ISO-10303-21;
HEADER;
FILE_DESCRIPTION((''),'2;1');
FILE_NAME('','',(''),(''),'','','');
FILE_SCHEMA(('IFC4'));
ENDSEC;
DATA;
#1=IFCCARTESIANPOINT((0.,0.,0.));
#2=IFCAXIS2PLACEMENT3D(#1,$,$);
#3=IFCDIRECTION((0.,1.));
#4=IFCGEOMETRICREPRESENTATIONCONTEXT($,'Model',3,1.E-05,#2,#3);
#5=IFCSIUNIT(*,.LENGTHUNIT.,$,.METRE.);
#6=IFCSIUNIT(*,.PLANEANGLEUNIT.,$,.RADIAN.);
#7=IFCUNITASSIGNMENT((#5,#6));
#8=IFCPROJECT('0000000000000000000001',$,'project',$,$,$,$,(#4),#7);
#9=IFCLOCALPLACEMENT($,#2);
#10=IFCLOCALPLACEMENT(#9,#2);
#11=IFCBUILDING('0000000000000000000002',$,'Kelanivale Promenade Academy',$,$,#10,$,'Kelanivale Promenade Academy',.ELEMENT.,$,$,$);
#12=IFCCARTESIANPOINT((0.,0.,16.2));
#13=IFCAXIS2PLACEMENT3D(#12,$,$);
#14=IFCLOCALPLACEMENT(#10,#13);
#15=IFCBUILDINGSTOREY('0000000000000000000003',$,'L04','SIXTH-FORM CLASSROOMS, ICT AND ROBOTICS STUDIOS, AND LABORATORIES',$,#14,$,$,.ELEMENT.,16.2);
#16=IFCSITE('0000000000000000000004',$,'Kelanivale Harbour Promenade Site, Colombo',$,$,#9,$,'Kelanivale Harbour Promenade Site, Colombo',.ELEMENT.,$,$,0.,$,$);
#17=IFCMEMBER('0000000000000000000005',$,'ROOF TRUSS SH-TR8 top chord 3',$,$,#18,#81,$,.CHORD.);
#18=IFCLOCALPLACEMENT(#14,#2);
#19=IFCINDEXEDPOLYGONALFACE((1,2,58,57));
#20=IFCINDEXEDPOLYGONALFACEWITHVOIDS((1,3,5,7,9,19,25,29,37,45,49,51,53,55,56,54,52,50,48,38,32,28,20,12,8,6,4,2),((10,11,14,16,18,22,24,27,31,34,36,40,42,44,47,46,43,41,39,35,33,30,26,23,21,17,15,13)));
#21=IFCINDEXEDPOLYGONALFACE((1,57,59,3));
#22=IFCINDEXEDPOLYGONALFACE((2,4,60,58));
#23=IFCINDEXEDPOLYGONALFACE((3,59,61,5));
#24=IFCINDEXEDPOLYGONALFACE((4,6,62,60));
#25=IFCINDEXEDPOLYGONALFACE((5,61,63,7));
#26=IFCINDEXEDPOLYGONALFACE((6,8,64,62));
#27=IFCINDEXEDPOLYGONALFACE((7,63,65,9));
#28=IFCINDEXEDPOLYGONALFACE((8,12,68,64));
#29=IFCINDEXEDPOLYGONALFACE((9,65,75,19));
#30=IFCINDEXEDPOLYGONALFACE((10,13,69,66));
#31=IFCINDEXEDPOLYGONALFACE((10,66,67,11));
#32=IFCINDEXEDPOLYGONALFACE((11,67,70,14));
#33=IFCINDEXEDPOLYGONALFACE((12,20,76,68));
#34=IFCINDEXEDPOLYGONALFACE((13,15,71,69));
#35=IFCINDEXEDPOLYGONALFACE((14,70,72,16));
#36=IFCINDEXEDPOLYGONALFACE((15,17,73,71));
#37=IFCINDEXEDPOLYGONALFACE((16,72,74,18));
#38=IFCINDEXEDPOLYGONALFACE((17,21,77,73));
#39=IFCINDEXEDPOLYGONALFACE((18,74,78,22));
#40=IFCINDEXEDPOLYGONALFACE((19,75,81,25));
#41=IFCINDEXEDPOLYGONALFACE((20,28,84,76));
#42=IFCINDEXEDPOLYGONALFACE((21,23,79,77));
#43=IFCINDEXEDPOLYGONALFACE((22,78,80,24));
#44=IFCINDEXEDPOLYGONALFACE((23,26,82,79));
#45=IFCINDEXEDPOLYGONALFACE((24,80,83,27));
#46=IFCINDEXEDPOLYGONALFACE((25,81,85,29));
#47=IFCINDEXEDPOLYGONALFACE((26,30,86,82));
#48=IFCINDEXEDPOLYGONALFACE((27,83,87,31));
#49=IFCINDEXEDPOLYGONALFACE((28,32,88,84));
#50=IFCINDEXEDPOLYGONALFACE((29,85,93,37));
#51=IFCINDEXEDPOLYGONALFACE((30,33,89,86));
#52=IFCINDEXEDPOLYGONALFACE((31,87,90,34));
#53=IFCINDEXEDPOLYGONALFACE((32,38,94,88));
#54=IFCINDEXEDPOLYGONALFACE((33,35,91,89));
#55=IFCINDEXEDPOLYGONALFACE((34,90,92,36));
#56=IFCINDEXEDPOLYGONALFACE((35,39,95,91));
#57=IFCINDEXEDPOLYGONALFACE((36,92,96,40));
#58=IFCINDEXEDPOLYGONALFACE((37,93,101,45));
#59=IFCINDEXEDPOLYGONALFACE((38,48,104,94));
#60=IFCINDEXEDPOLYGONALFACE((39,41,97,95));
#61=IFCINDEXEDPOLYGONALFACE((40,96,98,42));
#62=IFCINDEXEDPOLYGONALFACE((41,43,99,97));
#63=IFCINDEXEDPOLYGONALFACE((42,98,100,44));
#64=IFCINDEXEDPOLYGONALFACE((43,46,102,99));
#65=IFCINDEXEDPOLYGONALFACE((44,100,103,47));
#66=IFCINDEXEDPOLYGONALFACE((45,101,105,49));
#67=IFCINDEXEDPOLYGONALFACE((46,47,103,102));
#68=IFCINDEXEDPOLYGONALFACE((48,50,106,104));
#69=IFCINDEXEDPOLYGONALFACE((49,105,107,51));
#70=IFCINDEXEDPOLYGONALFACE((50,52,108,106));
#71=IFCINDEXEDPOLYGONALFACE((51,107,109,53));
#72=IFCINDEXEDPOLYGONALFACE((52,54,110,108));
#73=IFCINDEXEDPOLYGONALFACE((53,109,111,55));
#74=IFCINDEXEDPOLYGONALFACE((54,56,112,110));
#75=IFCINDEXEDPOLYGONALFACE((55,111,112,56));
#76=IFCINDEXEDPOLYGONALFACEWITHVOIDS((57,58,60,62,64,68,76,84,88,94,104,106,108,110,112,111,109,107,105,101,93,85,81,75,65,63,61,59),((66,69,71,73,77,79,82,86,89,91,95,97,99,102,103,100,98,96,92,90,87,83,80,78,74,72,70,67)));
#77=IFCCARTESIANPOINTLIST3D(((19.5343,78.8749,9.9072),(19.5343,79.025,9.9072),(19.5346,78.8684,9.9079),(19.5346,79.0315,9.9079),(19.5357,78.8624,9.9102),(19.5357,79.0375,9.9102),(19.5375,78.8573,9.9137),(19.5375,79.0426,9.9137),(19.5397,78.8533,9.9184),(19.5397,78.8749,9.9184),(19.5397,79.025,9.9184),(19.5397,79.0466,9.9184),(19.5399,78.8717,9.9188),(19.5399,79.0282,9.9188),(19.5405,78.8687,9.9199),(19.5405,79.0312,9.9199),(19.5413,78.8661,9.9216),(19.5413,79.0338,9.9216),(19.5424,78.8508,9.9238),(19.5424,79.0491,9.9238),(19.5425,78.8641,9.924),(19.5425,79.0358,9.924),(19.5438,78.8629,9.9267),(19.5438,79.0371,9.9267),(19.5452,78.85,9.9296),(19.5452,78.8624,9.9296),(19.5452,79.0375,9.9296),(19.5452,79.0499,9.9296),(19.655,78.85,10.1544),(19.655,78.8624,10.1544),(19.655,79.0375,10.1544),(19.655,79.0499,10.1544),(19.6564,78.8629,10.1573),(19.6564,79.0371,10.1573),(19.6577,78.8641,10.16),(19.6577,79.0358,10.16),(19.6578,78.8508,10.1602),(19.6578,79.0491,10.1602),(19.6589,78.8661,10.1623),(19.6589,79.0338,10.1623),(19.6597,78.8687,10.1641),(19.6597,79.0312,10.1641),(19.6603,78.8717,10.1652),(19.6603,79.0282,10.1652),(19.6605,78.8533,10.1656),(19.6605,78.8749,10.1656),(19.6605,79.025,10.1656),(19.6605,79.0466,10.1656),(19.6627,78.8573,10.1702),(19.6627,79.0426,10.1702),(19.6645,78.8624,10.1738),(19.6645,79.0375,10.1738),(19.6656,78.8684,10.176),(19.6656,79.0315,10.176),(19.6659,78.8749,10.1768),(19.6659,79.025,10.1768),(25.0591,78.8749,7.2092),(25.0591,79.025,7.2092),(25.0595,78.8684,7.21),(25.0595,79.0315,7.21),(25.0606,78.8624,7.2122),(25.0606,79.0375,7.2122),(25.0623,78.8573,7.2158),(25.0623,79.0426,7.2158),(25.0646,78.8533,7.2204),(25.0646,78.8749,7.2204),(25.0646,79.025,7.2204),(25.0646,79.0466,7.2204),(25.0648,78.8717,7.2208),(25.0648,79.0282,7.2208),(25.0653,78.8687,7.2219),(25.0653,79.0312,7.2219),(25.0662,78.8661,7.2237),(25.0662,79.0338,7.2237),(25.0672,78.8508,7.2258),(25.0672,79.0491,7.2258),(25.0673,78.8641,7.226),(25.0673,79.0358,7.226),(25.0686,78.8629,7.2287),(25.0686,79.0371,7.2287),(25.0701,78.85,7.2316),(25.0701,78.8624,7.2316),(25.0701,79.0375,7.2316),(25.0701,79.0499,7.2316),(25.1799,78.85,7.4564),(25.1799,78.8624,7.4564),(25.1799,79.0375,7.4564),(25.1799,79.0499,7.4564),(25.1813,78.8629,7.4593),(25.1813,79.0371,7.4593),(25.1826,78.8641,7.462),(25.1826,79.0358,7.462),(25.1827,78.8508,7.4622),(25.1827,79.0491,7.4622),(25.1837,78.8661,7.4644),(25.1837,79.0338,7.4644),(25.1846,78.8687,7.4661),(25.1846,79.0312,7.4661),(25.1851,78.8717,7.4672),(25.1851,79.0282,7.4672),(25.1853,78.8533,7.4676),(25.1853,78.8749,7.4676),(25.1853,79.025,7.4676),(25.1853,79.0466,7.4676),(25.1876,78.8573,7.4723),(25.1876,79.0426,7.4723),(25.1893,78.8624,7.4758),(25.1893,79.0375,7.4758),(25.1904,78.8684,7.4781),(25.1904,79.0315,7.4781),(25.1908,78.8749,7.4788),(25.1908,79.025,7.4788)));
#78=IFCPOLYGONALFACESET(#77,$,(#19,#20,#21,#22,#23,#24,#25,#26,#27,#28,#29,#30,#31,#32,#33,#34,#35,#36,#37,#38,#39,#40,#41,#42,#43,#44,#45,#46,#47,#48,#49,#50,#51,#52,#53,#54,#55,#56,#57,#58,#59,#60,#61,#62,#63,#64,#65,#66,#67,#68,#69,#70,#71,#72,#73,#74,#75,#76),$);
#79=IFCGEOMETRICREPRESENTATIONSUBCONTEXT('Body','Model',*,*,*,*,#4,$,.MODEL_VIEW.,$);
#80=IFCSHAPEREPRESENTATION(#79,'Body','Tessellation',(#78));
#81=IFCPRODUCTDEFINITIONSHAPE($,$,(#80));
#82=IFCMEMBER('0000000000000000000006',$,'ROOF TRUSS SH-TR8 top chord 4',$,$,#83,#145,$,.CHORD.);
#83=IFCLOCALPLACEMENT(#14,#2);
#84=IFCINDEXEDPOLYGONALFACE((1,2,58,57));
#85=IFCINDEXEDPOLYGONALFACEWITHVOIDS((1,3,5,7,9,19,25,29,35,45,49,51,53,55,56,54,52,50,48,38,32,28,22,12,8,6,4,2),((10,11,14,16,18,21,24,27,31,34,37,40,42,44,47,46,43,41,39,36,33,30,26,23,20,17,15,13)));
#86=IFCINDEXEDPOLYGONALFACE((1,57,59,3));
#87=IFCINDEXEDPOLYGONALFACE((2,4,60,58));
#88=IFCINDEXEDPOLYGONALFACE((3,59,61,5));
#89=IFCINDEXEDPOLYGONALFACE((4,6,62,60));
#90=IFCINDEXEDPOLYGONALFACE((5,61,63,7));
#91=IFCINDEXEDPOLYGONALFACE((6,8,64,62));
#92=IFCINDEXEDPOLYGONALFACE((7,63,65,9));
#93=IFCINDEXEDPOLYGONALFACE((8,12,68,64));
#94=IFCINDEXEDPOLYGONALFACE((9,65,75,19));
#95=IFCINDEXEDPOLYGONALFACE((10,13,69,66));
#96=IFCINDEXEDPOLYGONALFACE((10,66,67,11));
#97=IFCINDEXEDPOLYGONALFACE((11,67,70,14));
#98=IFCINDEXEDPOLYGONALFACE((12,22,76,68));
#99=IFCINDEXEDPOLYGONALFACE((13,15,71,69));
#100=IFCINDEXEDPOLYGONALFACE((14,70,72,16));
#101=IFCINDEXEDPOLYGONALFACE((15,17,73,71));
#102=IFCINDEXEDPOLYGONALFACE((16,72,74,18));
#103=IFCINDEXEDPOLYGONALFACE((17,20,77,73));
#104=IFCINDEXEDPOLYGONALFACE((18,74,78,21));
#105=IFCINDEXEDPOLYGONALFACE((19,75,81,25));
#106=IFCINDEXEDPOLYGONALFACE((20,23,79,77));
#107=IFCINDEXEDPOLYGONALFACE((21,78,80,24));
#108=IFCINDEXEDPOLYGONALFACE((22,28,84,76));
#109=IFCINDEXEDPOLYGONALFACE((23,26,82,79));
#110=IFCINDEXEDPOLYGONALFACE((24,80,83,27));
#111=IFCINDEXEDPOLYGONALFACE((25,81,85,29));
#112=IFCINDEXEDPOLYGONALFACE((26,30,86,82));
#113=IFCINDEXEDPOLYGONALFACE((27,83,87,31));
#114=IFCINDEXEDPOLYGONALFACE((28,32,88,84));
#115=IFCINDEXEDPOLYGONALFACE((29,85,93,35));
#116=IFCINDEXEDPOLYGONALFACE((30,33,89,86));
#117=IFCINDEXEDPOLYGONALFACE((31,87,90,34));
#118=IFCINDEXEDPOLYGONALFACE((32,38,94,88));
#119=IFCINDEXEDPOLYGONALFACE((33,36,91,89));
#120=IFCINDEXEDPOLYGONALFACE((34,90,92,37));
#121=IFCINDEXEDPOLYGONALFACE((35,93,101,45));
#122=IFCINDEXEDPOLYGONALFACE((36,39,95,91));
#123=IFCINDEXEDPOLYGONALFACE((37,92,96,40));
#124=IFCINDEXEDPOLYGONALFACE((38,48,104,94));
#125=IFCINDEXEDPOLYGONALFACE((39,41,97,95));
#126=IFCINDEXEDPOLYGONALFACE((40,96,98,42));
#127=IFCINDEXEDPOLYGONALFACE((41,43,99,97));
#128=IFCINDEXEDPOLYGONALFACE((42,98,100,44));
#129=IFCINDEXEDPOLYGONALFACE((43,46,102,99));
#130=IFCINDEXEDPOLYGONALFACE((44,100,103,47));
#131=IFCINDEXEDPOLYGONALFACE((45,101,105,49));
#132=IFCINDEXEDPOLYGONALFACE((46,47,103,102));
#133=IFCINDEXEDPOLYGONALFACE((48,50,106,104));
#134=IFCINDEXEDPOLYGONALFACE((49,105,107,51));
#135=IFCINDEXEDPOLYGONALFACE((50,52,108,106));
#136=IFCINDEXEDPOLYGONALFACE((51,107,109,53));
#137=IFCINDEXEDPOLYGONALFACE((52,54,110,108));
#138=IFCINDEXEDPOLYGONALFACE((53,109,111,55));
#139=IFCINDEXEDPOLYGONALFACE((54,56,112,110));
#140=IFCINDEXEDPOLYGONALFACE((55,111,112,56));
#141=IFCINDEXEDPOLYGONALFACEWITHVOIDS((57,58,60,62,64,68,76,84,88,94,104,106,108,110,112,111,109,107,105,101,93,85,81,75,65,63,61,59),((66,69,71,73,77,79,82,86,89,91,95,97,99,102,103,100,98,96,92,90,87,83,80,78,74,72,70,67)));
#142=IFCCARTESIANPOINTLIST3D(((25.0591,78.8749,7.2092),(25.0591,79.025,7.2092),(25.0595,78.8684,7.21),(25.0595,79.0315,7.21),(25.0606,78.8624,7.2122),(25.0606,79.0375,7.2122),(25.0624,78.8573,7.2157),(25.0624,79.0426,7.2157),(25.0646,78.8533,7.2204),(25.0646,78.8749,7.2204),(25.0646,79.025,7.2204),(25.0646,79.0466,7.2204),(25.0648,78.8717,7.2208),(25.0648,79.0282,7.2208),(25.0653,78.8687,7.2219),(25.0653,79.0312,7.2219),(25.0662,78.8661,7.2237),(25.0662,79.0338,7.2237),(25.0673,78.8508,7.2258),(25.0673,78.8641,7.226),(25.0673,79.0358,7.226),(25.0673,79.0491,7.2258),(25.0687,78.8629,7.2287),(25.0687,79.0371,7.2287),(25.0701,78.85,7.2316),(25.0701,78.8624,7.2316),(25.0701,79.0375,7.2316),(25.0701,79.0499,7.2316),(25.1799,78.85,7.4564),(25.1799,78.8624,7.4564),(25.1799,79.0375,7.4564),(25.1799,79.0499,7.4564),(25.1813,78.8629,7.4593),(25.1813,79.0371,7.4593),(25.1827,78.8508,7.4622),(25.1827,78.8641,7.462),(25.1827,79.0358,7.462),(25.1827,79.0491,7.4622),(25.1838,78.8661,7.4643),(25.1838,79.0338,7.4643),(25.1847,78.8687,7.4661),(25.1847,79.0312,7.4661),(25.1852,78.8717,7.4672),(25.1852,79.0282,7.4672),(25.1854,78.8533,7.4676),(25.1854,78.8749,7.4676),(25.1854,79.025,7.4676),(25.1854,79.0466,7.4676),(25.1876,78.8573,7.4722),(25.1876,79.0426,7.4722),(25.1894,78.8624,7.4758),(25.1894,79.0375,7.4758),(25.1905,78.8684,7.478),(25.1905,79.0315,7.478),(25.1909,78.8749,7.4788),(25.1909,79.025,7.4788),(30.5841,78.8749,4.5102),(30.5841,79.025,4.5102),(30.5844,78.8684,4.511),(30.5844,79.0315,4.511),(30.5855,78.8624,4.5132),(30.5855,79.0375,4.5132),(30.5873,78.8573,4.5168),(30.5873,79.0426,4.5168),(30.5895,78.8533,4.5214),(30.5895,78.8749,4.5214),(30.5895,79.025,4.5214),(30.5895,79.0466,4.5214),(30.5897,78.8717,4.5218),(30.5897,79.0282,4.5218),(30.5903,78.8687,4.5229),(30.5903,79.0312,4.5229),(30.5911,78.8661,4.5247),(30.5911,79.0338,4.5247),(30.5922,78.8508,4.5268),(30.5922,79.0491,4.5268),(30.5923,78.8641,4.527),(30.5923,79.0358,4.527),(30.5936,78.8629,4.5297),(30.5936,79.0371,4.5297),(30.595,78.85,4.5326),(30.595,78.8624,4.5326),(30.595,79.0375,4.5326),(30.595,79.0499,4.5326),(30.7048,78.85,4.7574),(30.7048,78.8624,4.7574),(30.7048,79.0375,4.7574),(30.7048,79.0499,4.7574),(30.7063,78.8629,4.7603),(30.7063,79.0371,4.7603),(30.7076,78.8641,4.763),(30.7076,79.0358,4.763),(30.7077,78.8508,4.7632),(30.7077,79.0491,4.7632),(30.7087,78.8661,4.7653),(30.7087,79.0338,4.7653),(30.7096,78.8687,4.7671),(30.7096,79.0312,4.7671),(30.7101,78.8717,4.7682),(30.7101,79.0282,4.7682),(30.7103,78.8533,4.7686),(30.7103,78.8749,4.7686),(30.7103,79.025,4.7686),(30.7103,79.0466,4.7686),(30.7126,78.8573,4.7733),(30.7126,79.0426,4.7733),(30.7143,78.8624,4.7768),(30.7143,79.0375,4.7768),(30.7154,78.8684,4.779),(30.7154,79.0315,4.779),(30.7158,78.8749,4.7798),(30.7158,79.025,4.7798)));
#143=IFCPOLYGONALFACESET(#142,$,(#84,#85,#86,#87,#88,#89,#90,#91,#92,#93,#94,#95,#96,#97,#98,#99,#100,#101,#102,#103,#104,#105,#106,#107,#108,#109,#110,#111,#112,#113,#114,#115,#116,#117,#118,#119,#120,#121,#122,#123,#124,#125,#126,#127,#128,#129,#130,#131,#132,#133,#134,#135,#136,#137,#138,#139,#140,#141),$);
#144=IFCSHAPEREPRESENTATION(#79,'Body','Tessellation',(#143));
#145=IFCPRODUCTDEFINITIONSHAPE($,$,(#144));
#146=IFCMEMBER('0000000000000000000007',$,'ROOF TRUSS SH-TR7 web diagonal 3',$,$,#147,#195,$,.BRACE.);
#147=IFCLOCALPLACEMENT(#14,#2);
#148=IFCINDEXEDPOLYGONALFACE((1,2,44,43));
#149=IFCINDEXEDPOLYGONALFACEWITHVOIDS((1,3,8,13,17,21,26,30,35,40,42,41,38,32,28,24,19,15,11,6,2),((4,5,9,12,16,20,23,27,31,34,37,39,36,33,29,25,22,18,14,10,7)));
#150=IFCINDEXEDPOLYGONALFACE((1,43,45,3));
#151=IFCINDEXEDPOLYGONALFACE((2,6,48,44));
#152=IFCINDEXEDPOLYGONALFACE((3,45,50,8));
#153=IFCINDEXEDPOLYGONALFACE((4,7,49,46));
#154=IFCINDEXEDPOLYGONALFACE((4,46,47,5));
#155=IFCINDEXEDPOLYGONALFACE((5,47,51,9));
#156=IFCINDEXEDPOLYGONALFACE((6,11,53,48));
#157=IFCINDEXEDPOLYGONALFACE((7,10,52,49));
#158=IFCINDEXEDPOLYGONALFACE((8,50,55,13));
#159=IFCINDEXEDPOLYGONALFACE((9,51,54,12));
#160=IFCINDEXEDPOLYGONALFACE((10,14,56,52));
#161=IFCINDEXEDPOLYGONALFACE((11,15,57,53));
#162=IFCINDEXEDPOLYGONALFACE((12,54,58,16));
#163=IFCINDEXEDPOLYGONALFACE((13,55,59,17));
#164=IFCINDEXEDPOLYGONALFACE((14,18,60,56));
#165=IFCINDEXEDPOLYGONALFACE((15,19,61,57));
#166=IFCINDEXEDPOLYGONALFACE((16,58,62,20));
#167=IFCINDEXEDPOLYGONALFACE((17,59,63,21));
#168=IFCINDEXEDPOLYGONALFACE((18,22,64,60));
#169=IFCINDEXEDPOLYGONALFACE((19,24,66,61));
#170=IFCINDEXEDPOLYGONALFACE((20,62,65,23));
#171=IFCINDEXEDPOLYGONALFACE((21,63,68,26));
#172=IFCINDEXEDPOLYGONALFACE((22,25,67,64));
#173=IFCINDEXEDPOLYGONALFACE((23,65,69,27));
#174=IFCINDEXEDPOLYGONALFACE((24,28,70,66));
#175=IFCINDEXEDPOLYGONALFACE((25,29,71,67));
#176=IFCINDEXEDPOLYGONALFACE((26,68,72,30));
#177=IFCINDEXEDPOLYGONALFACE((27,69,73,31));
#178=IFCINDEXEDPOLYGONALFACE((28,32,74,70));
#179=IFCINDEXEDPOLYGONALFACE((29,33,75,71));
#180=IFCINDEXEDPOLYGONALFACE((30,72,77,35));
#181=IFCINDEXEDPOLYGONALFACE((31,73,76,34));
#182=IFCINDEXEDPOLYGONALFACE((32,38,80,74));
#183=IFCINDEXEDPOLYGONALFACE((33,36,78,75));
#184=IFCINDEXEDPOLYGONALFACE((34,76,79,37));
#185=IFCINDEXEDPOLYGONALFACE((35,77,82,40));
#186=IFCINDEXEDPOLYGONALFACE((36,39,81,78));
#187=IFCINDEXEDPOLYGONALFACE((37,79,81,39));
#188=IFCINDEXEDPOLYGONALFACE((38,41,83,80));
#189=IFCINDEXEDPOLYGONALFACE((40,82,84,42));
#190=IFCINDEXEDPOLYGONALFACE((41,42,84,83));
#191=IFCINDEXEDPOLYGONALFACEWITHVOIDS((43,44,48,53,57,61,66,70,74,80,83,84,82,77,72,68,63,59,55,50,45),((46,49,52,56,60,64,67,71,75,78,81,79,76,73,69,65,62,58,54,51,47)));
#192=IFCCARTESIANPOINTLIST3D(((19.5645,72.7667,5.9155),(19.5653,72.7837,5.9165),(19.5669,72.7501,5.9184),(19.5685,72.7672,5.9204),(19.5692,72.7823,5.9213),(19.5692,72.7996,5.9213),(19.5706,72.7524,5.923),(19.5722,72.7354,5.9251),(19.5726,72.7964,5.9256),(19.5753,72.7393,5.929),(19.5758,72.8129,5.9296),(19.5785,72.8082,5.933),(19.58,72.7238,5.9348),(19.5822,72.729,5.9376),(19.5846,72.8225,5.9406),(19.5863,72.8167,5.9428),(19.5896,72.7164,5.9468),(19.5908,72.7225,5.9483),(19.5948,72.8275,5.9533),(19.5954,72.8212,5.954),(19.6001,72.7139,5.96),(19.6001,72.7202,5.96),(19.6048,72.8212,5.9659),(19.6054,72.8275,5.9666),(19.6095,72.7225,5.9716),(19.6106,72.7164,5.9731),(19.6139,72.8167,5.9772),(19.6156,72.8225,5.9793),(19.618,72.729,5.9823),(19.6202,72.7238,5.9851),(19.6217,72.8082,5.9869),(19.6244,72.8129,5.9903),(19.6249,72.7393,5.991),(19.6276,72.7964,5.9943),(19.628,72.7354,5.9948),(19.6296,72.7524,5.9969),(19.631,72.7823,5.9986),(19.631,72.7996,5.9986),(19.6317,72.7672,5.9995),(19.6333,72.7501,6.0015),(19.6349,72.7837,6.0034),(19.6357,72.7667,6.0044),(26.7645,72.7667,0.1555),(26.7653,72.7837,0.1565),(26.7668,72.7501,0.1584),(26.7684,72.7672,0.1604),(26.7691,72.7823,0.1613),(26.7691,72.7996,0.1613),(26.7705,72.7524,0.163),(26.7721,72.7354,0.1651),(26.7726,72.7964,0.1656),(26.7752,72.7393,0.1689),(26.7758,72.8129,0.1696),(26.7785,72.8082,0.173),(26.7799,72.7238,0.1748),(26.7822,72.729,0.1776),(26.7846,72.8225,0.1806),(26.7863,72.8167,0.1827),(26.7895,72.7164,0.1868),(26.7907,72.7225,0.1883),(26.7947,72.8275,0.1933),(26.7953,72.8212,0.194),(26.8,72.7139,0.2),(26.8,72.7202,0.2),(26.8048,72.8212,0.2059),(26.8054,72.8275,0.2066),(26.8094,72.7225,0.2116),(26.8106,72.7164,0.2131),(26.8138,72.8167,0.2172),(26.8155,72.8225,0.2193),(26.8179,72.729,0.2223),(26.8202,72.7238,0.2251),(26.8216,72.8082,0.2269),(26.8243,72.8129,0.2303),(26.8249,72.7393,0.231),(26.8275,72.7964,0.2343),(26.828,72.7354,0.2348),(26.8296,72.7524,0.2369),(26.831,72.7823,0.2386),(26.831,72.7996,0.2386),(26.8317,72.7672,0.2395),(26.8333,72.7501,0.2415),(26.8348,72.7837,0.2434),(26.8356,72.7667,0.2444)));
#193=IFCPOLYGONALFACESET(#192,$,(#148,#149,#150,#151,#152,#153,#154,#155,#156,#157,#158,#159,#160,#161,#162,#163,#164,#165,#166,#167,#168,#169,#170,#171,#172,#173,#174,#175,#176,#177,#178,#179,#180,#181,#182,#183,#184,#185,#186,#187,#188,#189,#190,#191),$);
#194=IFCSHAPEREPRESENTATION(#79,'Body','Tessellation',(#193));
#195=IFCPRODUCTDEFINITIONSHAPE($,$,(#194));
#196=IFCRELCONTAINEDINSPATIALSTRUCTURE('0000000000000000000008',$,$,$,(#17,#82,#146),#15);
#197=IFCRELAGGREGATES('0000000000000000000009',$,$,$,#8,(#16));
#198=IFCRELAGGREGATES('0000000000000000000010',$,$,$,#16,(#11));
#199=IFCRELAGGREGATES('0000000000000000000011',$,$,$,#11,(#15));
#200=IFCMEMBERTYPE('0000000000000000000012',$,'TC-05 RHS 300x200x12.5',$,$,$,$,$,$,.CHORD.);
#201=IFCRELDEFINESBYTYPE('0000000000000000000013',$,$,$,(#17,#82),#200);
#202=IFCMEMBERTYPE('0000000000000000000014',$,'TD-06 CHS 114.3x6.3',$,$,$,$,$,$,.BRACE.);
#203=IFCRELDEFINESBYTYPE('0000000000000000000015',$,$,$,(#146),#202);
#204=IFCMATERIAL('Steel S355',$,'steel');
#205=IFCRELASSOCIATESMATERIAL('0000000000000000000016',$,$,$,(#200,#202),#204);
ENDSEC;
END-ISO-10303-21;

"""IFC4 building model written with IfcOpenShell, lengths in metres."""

from ifc_helpers import new_model, si_unit, direction, frame, origin, origin_2d, place, context, subcontext, project, spatial, hollow_rectangle, hollow_circle, extrude, material, material_profile, profile_set, type_object, element, save


model = new_model("IFC4")

# Units and contexts
model_context = context("Model", 3, precision=1e-05, world=origin(), true_north=direction((0.0, 1.0)))
body_context = subcontext(model_context, "Body", "Model", "MODEL_VIEW")
ifc_project = project(units=[si_unit("LENGTHUNIT", "METRE"), si_unit("PLANEANGLEUNIT", "RADIAN")], contexts=[model_context])

# Site, building, storey
site_placement = place(None, origin())
site = spatial("IfcSite", under=ifc_project, at=site_placement, Name="Kelanivale Harbour Promenade Site, Colombo", LongName="Kelanivale Harbour Promenade Site, Colombo", CompositionType="ELEMENT", RefElevation=0.0)
building_placement = place(site_placement, origin())
building = spatial("IfcBuilding", under=site, at=building_placement, Name="Kelanivale Promenade Academy", LongName="Kelanivale Promenade Academy", CompositionType="ELEMENT")
storey_placement = place(building_placement, frame((0.0, 0.0, 16.2)))
storey = spatial("IfcBuildingStorey", under=building, at=storey_placement, Name="L04", Description="SIXTH-FORM CLASSROOMS, ICT AND ROBOTICS STUDIOS, AND LABORATORIES", CompositionType="ELEMENT", Elevation=16.2)

# Members
ifc_material_1 = material(Name="Steel S355", Category="steel")
ifc_material_profile_1 = material_profile(ifc_material_1, hollow_rectangle(XDim=0.2, YDim=0.3, WallThickness=0.0125, InnerFilletRadius=0.0125, OuterFilletRadius=0.0249, at=origin_2d()), Name="RHS 300x200x12.5")
ifc_profile_set_1 = profile_set([ifc_material_profile_1], Name="Steel S355")
member_type_1 = type_object("IfcMemberType", Name="TC-05 RHS 300x200x12.5", PredefinedType="CHORD", material=ifc_profile_set_1)
member_1_placement = place(storey_placement, frame((19.6001, 78.95, 10.042), z_axis=(0.898581, 0.0, -0.438808), x_axis=(0.0, 1.0, 0.0)))
element("IfcMember", 1, at=member_1_placement, inside=storey, type_object=member_type_1, Name="ROOF TRUSS SH-TR8 top chord 3", PredefinedType="CHORD", context=body_context, shape_type="SweptSolid", body=[
    extrude(hollow_rectangle(XDim=0.2, YDim=0.3, WallThickness=0.0125, InnerFilletRadius=0.0125, OuterFilletRadius=0.0249, at=origin_2d()), origin(), (0.0, 0.0, 1.0), 6.1484),
])
member_2_placement = place(storey_placement, frame((25.125, 78.95, 7.344), z_axis=(0.898518, 0.0, -0.438936), x_axis=(0.0, 1.0, 0.0)))
element("IfcMember", 2, at=member_2_placement, inside=storey, type_object=member_type_1, Name="ROOF TRUSS SH-TR8 top chord 4", PredefinedType="CHORD", context=body_context, shape_type="SweptSolid", body=[
    extrude(hollow_rectangle(XDim=0.2, YDim=0.3, WallThickness=0.0125, InnerFilletRadius=0.0125, OuterFilletRadius=0.0249, at=origin_2d()), origin(), (0.0, 0.0, 1.0), 6.1489),
])
ifc_material_profile_2 = material_profile(ifc_material_1, hollow_circle(Radius=0.0571, WallThickness=0.0063, at=origin_2d()), Name="CHS 114.3x6.3")
ifc_profile_set_2 = profile_set([ifc_material_profile_2], Name="Steel S355")
member_type_2 = type_object("IfcMemberType", Name="TD-06 CHS 114.3x6.3", PredefinedType="BRACE", material=ifc_profile_set_2)
member_3_placement = place(storey_placement, frame((26.8, 72.771, 0.2), z_axis=(-0.780866, 0.0, 0.624698), x_axis=(0.0, -1.0, 0.0)))
element("IfcMember", 3, at=member_3_placement, inside=storey, type_object=member_type_2, Name="ROOF TRUSS SH-TR7 web diagonal 3", PredefinedType="BRACE", context=body_context, shape_type="SweptSolid", body=[
    extrude(hollow_circle(Radius=0.0571, WallThickness=0.0063, at=origin_2d()), origin(), (0.0, 0.0, 1.0), 9.2205),
])

save(model, "model.ifc")
